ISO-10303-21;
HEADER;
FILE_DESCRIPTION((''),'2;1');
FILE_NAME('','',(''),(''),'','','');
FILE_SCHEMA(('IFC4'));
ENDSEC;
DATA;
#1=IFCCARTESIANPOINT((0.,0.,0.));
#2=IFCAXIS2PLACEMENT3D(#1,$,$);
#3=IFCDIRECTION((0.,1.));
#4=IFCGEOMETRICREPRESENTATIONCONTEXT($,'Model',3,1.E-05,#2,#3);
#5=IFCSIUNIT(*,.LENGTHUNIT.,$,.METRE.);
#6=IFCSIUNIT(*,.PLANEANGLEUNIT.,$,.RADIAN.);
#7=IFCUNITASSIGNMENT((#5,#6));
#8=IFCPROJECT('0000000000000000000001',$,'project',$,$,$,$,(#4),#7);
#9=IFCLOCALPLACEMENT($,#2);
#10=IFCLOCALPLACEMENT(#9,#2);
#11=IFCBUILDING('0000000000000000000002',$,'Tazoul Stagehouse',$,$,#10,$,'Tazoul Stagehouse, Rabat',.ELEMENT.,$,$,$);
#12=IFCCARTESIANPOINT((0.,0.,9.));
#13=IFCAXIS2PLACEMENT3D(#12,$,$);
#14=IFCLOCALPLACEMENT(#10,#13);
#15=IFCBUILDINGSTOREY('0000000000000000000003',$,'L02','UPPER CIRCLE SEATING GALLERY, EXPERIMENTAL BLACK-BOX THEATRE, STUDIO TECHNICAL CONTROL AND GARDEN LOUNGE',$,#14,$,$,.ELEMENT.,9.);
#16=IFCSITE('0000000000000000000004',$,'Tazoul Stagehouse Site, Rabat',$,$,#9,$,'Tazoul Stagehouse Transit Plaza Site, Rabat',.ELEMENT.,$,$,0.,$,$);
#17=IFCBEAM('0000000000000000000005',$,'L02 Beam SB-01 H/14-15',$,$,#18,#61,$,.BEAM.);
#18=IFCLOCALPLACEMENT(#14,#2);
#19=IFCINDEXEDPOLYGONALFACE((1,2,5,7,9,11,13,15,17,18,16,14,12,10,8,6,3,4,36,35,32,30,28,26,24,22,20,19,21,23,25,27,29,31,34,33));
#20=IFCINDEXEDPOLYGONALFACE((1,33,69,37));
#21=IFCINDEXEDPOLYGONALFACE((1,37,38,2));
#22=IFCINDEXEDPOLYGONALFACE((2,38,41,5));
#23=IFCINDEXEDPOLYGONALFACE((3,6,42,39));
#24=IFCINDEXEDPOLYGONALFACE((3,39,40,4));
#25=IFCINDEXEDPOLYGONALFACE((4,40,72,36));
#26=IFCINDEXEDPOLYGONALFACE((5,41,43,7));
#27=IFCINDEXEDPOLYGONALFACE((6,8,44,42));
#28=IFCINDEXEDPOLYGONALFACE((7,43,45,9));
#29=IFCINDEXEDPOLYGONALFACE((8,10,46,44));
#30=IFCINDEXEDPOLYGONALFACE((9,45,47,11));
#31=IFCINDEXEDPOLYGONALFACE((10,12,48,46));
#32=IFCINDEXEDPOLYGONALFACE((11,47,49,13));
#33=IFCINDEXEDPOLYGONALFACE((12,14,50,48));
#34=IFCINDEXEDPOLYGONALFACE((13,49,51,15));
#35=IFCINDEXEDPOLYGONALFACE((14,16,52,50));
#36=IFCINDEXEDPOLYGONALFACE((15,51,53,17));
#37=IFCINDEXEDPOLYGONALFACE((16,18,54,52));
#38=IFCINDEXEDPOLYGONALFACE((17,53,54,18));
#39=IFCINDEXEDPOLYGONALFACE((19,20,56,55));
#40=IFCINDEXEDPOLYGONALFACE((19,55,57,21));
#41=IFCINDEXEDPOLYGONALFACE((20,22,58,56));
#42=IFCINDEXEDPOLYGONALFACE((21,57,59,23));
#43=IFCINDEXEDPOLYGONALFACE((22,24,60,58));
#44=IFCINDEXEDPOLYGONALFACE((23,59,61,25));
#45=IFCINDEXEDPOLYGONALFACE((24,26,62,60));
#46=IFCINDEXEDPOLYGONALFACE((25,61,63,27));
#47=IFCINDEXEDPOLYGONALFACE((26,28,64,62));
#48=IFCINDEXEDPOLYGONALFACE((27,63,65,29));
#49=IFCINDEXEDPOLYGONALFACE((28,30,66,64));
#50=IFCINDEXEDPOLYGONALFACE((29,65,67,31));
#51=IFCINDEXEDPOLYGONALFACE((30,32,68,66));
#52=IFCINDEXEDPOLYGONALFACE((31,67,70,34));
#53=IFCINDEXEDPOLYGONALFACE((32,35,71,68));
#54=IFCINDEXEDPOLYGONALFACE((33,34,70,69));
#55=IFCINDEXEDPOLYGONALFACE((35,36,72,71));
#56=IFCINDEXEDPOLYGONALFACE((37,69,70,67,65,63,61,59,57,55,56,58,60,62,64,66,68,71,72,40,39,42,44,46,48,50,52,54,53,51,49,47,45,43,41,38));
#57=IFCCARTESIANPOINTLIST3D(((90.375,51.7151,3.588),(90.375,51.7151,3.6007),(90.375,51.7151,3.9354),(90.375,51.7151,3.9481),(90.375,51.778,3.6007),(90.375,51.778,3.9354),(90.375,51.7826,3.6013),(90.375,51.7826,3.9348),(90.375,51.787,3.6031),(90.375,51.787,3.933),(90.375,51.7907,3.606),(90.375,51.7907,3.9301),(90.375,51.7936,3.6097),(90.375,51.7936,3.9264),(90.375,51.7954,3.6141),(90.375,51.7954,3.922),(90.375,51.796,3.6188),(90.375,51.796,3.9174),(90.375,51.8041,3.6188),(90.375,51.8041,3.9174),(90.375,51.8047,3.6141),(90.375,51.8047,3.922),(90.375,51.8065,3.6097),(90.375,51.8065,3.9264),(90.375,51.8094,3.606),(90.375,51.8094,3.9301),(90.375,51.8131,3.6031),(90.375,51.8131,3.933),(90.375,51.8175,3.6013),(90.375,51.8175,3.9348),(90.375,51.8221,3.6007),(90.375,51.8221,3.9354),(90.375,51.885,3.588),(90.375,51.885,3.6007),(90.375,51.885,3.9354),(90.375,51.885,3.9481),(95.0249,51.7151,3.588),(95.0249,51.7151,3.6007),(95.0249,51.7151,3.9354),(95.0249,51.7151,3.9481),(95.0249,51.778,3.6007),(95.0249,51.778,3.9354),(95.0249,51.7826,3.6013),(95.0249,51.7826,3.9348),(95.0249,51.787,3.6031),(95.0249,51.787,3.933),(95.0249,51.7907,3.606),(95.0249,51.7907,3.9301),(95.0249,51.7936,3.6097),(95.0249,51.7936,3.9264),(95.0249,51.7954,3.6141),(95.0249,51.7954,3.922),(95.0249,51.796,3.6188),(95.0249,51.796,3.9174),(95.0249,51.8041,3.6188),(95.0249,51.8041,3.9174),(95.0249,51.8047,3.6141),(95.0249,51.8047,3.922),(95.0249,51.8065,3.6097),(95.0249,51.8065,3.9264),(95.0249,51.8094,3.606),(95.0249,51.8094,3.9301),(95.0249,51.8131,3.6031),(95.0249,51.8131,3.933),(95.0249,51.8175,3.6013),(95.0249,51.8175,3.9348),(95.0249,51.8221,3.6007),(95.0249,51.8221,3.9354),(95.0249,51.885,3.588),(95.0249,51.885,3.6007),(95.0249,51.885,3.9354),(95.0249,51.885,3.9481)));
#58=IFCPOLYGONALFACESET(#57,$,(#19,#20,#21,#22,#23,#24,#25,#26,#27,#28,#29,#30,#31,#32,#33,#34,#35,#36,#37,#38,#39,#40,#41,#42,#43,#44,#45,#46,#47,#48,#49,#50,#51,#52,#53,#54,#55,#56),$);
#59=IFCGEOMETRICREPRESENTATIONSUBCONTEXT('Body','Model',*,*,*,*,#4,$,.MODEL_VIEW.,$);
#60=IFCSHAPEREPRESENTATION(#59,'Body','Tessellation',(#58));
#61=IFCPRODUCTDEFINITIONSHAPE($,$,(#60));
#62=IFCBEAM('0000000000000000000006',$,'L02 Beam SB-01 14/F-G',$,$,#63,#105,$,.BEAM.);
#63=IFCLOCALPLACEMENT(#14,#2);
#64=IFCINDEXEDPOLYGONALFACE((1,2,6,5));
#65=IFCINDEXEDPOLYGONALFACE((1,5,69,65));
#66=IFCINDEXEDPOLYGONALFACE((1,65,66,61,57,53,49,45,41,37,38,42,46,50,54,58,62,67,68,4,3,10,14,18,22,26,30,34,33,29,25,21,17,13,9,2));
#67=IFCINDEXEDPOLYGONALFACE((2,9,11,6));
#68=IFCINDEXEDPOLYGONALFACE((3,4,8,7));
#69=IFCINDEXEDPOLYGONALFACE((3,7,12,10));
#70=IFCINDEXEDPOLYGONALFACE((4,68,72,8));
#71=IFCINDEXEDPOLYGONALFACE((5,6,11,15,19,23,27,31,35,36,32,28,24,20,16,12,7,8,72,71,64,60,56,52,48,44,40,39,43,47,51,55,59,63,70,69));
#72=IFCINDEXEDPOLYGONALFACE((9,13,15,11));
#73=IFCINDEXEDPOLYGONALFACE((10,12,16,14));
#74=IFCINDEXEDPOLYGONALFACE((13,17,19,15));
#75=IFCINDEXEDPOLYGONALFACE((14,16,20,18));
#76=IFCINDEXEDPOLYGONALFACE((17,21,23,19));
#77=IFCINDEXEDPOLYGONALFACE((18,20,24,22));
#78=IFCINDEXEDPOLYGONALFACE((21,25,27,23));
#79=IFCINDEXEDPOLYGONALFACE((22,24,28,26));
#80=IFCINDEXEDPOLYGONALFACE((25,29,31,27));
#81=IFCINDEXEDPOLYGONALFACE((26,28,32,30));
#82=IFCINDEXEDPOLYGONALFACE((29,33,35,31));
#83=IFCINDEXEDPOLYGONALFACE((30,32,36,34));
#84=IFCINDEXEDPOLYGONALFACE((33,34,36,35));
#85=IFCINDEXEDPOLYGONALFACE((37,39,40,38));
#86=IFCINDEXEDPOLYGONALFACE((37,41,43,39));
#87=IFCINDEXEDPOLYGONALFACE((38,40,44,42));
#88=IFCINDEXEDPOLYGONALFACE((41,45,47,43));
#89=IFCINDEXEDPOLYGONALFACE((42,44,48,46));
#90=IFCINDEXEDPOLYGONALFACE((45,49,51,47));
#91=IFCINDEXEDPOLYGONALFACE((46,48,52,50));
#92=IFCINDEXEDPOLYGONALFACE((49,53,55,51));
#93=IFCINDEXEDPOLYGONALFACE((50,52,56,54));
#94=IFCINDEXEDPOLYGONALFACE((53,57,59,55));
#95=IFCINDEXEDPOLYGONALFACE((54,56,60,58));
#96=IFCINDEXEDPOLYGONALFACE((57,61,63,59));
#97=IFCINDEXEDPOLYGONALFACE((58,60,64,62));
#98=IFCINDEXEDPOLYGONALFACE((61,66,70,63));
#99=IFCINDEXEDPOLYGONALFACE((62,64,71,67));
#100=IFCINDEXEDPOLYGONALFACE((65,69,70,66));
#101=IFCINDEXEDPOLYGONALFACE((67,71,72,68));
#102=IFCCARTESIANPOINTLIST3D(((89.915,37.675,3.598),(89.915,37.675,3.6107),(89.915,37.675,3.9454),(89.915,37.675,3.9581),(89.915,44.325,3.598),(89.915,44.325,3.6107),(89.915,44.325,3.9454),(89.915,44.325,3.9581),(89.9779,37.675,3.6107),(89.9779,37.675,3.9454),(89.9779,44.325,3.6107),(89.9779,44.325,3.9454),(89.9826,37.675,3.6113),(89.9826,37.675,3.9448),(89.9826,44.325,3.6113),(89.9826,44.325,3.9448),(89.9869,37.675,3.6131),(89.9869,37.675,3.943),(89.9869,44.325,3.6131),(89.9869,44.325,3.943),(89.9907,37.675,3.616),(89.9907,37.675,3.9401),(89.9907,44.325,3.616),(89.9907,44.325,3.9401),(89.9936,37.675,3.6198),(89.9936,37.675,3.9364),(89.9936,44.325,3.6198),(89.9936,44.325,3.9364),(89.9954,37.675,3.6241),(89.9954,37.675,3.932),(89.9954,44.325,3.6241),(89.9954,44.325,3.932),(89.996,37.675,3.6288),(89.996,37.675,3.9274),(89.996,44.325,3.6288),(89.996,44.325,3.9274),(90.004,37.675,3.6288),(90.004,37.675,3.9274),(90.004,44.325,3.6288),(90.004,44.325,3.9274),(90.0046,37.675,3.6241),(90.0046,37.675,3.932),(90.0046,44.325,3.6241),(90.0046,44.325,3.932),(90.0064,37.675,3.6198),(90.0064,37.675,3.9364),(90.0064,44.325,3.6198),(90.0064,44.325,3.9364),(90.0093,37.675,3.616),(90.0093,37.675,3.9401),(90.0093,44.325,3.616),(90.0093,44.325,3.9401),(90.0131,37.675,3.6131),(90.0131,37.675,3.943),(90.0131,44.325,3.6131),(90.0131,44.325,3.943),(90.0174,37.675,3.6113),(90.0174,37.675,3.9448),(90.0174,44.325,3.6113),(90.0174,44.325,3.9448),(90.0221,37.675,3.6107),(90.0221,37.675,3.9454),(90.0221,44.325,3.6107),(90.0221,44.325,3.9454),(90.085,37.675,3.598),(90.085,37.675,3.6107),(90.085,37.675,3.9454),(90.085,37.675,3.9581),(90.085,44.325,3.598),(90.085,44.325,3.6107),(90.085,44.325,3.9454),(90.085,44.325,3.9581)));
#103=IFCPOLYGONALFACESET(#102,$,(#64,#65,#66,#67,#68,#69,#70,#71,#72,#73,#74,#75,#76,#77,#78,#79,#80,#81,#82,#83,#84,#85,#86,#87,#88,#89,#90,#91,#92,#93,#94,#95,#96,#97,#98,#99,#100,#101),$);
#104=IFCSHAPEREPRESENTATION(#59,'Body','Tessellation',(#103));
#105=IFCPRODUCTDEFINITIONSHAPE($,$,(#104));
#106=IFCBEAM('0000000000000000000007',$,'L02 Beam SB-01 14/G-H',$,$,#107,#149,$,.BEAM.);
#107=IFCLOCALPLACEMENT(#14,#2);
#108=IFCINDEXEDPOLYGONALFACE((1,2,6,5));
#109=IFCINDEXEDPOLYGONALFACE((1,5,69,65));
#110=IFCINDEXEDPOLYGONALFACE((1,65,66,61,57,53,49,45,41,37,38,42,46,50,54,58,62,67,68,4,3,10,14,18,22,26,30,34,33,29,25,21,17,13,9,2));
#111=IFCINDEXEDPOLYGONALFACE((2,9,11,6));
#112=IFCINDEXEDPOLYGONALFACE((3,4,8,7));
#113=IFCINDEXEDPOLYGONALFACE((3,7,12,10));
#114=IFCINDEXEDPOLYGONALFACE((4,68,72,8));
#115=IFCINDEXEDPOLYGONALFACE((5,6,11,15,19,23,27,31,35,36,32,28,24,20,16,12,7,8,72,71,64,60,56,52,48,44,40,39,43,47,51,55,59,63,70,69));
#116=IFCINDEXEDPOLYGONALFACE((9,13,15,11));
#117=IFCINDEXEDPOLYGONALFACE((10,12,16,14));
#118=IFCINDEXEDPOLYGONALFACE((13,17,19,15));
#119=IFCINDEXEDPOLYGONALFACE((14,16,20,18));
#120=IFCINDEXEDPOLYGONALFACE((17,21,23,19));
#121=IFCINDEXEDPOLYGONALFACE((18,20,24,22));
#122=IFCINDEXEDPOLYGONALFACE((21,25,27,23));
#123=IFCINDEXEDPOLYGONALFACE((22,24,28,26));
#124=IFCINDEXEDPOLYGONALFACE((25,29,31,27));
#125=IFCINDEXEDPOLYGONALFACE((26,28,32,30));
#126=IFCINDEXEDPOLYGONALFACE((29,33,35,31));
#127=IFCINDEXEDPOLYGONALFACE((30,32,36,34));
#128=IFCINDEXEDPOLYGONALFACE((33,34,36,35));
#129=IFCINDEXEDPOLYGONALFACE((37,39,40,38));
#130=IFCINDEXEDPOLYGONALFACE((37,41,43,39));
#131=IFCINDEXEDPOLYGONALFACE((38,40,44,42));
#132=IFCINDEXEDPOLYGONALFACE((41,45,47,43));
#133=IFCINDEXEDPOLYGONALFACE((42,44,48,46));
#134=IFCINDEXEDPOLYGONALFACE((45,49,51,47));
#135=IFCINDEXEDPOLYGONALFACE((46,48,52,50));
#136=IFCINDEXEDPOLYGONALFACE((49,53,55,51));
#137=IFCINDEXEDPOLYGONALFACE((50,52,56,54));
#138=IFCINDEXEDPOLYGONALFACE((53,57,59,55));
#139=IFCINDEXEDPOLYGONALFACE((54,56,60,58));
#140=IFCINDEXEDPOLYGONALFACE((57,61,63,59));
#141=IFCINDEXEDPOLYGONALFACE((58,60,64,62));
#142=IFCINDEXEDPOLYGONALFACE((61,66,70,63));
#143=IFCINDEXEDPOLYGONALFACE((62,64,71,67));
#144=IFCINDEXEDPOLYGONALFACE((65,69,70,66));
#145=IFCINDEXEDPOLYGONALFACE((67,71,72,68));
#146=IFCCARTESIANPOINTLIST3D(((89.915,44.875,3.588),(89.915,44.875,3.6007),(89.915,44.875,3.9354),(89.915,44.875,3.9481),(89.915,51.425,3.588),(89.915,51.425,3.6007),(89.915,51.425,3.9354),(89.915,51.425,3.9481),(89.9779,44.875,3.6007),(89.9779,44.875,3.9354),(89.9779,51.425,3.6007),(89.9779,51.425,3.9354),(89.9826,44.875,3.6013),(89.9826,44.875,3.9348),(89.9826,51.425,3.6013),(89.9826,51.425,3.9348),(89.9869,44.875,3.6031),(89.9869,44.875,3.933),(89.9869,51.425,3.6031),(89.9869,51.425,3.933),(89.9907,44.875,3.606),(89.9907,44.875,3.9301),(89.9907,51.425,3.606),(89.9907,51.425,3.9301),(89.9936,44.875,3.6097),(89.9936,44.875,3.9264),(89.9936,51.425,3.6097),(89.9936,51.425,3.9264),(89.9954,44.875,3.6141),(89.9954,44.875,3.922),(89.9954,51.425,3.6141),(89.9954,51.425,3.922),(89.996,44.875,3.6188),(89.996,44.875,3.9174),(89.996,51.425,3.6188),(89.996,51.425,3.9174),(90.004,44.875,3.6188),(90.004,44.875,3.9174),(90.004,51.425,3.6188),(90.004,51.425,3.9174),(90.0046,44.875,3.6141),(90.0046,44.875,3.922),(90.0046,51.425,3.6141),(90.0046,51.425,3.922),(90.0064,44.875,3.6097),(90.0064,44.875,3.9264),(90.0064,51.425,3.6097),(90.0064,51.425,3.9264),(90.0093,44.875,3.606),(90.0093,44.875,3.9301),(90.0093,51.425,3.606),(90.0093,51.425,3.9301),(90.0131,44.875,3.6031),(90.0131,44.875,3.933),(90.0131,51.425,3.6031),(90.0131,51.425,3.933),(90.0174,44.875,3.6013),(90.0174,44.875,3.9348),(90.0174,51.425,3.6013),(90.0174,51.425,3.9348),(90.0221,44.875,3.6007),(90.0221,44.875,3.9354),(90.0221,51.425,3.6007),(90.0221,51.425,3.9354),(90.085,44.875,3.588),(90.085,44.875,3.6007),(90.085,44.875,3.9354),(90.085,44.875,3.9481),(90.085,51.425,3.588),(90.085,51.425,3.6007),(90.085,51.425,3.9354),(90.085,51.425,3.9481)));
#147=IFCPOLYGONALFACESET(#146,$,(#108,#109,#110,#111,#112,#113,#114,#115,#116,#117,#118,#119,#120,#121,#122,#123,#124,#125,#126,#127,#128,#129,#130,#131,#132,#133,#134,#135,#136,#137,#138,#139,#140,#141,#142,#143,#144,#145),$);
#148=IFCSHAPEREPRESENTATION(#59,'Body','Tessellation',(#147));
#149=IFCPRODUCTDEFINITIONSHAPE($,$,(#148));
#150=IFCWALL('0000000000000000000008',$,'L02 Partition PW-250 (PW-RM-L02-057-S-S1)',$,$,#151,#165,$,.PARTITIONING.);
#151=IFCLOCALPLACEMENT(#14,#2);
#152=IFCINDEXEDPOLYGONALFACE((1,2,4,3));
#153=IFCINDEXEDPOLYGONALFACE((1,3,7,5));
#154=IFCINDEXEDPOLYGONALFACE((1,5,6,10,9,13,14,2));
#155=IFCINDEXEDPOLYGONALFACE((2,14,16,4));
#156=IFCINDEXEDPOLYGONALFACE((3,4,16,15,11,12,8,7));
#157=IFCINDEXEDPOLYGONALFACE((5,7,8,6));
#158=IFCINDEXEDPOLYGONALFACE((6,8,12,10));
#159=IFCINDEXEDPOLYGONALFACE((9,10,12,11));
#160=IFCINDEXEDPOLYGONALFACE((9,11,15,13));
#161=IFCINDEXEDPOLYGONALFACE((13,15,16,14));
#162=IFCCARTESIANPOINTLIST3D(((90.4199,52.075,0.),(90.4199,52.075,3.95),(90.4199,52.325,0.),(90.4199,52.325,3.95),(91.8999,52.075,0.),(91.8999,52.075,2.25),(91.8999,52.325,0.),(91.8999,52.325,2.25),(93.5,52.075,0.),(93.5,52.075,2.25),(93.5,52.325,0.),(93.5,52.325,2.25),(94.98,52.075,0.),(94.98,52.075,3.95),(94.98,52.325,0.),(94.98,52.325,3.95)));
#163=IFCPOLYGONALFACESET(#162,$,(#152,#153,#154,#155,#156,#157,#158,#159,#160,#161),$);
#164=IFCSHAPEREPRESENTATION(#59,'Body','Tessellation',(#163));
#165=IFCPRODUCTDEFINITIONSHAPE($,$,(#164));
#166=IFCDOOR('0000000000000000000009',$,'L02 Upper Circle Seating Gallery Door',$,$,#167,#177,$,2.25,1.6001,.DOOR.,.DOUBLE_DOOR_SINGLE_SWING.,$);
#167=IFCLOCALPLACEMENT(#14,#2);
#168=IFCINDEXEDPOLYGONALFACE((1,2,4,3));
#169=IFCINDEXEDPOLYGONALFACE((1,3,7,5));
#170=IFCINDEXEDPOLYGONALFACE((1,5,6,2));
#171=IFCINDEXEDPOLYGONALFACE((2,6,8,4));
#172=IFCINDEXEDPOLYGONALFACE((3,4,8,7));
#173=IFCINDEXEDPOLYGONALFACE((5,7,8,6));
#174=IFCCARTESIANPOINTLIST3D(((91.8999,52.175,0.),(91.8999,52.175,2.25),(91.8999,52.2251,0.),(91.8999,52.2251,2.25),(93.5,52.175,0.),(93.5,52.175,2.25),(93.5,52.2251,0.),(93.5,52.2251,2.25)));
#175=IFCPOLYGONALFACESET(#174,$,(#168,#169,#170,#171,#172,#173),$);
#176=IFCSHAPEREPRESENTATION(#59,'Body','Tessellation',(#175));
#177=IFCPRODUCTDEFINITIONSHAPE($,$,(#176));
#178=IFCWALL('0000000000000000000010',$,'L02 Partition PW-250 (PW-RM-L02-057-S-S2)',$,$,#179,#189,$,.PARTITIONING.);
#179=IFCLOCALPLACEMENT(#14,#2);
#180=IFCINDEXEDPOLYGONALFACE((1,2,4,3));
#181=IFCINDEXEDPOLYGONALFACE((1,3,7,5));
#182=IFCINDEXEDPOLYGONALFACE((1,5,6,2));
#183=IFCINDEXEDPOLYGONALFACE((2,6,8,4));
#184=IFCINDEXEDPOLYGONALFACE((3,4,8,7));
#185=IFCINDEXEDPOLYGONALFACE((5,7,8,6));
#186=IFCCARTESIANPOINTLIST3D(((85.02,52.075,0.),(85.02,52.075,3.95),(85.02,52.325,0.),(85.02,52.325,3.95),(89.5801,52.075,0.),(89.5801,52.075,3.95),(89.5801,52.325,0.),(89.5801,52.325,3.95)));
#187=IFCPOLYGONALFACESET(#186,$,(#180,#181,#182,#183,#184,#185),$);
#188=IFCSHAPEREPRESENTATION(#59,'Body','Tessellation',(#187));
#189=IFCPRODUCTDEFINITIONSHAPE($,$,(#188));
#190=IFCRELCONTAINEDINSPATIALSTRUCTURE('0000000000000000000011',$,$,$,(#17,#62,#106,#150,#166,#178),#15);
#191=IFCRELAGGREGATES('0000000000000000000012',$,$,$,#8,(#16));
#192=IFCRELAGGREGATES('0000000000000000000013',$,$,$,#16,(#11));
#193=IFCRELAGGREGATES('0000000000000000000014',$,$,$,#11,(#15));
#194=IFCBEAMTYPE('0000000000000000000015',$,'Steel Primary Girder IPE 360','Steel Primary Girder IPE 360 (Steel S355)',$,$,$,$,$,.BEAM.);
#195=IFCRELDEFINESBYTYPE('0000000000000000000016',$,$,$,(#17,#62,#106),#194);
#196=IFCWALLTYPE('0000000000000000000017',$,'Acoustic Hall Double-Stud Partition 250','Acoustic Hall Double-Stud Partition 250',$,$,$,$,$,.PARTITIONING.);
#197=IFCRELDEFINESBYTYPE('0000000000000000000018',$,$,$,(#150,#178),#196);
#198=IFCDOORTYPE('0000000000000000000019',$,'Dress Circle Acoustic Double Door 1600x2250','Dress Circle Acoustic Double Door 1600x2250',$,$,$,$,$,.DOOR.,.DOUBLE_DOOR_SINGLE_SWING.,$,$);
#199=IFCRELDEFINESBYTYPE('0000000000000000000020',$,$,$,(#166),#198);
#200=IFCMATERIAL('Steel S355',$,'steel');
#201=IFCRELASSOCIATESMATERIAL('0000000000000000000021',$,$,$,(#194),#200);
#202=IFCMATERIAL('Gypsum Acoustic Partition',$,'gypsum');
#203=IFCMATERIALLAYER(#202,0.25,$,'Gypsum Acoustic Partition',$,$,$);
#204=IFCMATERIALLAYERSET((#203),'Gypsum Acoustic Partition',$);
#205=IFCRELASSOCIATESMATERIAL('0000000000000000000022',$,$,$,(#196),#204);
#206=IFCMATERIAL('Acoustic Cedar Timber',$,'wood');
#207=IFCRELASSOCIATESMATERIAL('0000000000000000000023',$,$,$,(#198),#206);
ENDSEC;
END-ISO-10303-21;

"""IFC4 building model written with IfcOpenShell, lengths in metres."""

from ifc_helpers import new_model, si_unit, direction, frame, frame_2d, origin, origin_2d, place, context, subcontext, project, spatial, rectangle, i_section, extrude, material, layer, layer_set, material_profile, profile_set, type_object, element, fill, save


model = new_model("IFC4")

# Units and contexts
model_context = context("Model", 3, precision=1e-05, world=origin(), true_north=direction((0.0, 1.0)))
body_context = subcontext(model_context, "Body", "Model", "MODEL_VIEW")
ifc_project = project(units=[si_unit("LENGTHUNIT", "METRE"), si_unit("PLANEANGLEUNIT", "RADIAN")], contexts=[model_context])

# Site, building, storey
site_placement = place(None, origin())
site = spatial("IfcSite", under=ifc_project, at=site_placement, Name="Tazoul Stagehouse Site, Rabat", LongName="Tazoul Stagehouse Transit Plaza Site, Rabat", CompositionType="ELEMENT", RefElevation=0.0)
building_placement = place(site_placement, origin())
building = spatial("IfcBuilding", under=site, at=building_placement, Name="Tazoul Stagehouse", LongName="Tazoul Stagehouse, Rabat", CompositionType="ELEMENT")
storey_placement = place(building_placement, frame((0.0, 0.0, 9.0)))
storey = spatial("IfcBuildingStorey", under=building, at=storey_placement, Name="L02", Description="UPPER CIRCLE SEATING GALLERY, EXPERIMENTAL BLACK-BOX THEATRE, STUDIO TECHNICAL CONTROL AND GARDEN LOUNGE", CompositionType="ELEMENT", Elevation=9.0)

# Beams
ifc_material_1 = material(Name="Steel S355", Category="steel")
ifc_material_profile_1 = material_profile(ifc_material_1, i_section(OverallWidth=0.1699, OverallDepth=0.3601, WebThickness=0.0081, FlangeThickness=0.0127, FilletRadius=0.0181, at=origin_2d()), Name="IPE 360")
ifc_profile_set_1 = profile_set([ifc_material_profile_1], Name="Steel S355")
beam_type = type_object("IfcBeamType", Name="Steel Primary Girder IPE 360", Description="Steel Primary Girder IPE 360 (Steel S355)", PredefinedType="BEAM", material=ifc_profile_set_1)
for number, where, z_axis, x_axis, name in (
    (1, (90.375, 51.8, 3.7681), (1.0, 0.0, 0.0), (0.0, 1.0, 0.0), "L02 Beam SB-01 H/14-15"),
):
    element("IfcBeam", number, at=place(storey_placement, frame(where, z_axis=z_axis, x_axis=x_axis)), inside=storey, type_object=beam_type, Name=name, PredefinedType="BEAM", context=body_context, shape_type="SweptSolid", body=[
        extrude(i_section(OverallWidth=0.1699, OverallDepth=0.3601, WebThickness=0.0081, FlangeThickness=0.0127, FilletRadius=0.0181, at=origin_2d()), origin(), (0.0, 0.0, 1.0), 4.6499),
    ])
beam_1_placement = place(storey_placement, frame((90.0, 37.675, 3.7781), z_axis=(0.0, 1.0, 0.0), x_axis=(-1.0, 0.0, 0.0)))
element("IfcBeam", 2, at=beam_1_placement, inside=storey, type_object=beam_type, Name="L02 Beam SB-01 14/F-G", PredefinedType="BEAM", context=body_context, shape_type="SweptSolid", body=[
    extrude(i_section(OverallWidth=0.1699, OverallDepth=0.3601, WebThickness=0.0081, FlangeThickness=0.0127, FilletRadius=0.0181, at=origin_2d()), origin(), (0.0, 0.0, 1.0), 6.6499),
])
beam_2_placement = place(storey_placement, frame((90.0, 44.875, 3.7681), z_axis=(0.0, 1.0, 0.0), x_axis=(-1.0, 0.0, 0.0)))
element("IfcBeam", 3, at=beam_2_placement, inside=storey, type_object=beam_type, Name="L02 Beam SB-01 14/G-H", PredefinedType="BEAM", context=body_context, shape_type="SweptSolid", body=[
    extrude(i_section(OverallWidth=0.1699, OverallDepth=0.3601, WebThickness=0.0081, FlangeThickness=0.0127, FilletRadius=0.0181, at=origin_2d()), origin(), (0.0, 0.0, 1.0), 6.55),
])

# Wall, opening, door
ifc_material_2 = material(Name="Gypsum Acoustic Partition", Category="gypsum")
ifc_layer_1 = layer(ifc_material_2, 0.25, Name="Gypsum Acoustic Partition")
ifc_layer_set_1 = layer_set([ifc_layer_1], Name="Gypsum Acoustic Partition")
wall_type_1 = type_object("IfcWallType", Name="Acoustic Hall Double-Stud Partition 250", Description="Acoustic Hall Double-Stud Partition 250", PredefinedType="PARTITIONING", material=ifc_layer_set_1)
wall_1_placement = place(storey_placement, frame((94.98, 52.2, 0.0), z_axis=(0.0, 0.0, 1.0), x_axis=(-1.0, 0.0, 0.0)))
wall_1 = element("IfcWall", 4, at=wall_1_placement, inside=storey, type_object=wall_type_1, Name="L02 Partition PW-250 (PW-RM-L02-057-S-S1)", PredefinedType="PARTITIONING", context=body_context, shape_type="SweptSolid", body=[
    extrude(rectangle(XDim=4.5601, YDim=0.25, at=frame_2d((2.28, 0.0))), origin(), (0.0, 0.0, 1.0), 3.95),
])
opening_1_placement = place(wall_1_placement, frame((1.48, 0.0, 0.0)))
opening_1 = element("IfcOpeningElement", 5, at=opening_1_placement, cuts=wall_1, PredefinedType="OPENING", context=body_context, shape_type="SweptSolid", body=[
    extrude(rectangle(XDim=1.6001, YDim=2.25, at=frame_2d((0.8, 1.125))), frame((0.0, 0.145, 0.0), z_axis=(0.0, -1.0, 0.0), x_axis=(1.0, 0.0, 0.0)), (0.0, 0.0, 1.0), 0.29),
])
ifc_material_3 = material(Name="Acoustic Cedar Timber", Category="wood")
door_type_1 = type_object("IfcDoorType", Name="Dress Circle Acoustic Double Door 1600x2250", Description="Dress Circle Acoustic Double Door 1600x2250", OperationType="DOUBLE_DOOR_SINGLE_SWING", PredefinedType="DOOR", material=ifc_material_3)
door_1_placement = place(opening_1_placement, origin())
door_1 = element("IfcDoor", 6, at=door_1_placement, inside=storey, type_object=door_type_1, Name="L02 Upper Circle Seating Gallery Door", OperationType="DOUBLE_DOOR_SINGLE_SWING", OverallHeight=2.25, OverallWidth=1.6001, PredefinedType="DOOR", context=body_context, shape_type="SweptSolid", body=[
    extrude(rectangle(XDim=1.6001, YDim=2.25, at=frame_2d((0.8, 1.125))), frame((0.0, 0.0249, 0.0), z_axis=(0.0, -1.0, 0.0), x_axis=(1.0, 0.0, 0.0)), (0.0, 0.0, 1.0), 0.05),
])
fill(opening_1, door_1)

# Wall
wall_2_placement = place(storey_placement, frame((89.5801, 52.2, 0.0), z_axis=(0.0, 0.0, 1.0), x_axis=(-1.0, 0.0, 0.0)))
element("IfcWall", 7, at=wall_2_placement, inside=storey, type_object=wall_type_1, Name="L02 Partition PW-250 (PW-RM-L02-057-S-S2)", PredefinedType="PARTITIONING", context=body_context, shape_type="SweptSolid", body=[
    extrude(rectangle(XDim=4.5601, YDim=0.25, at=frame_2d((2.28, 0.0))), origin(), (0.0, 0.0, 1.0), 3.95),
])

save(model, "model.ifc")
